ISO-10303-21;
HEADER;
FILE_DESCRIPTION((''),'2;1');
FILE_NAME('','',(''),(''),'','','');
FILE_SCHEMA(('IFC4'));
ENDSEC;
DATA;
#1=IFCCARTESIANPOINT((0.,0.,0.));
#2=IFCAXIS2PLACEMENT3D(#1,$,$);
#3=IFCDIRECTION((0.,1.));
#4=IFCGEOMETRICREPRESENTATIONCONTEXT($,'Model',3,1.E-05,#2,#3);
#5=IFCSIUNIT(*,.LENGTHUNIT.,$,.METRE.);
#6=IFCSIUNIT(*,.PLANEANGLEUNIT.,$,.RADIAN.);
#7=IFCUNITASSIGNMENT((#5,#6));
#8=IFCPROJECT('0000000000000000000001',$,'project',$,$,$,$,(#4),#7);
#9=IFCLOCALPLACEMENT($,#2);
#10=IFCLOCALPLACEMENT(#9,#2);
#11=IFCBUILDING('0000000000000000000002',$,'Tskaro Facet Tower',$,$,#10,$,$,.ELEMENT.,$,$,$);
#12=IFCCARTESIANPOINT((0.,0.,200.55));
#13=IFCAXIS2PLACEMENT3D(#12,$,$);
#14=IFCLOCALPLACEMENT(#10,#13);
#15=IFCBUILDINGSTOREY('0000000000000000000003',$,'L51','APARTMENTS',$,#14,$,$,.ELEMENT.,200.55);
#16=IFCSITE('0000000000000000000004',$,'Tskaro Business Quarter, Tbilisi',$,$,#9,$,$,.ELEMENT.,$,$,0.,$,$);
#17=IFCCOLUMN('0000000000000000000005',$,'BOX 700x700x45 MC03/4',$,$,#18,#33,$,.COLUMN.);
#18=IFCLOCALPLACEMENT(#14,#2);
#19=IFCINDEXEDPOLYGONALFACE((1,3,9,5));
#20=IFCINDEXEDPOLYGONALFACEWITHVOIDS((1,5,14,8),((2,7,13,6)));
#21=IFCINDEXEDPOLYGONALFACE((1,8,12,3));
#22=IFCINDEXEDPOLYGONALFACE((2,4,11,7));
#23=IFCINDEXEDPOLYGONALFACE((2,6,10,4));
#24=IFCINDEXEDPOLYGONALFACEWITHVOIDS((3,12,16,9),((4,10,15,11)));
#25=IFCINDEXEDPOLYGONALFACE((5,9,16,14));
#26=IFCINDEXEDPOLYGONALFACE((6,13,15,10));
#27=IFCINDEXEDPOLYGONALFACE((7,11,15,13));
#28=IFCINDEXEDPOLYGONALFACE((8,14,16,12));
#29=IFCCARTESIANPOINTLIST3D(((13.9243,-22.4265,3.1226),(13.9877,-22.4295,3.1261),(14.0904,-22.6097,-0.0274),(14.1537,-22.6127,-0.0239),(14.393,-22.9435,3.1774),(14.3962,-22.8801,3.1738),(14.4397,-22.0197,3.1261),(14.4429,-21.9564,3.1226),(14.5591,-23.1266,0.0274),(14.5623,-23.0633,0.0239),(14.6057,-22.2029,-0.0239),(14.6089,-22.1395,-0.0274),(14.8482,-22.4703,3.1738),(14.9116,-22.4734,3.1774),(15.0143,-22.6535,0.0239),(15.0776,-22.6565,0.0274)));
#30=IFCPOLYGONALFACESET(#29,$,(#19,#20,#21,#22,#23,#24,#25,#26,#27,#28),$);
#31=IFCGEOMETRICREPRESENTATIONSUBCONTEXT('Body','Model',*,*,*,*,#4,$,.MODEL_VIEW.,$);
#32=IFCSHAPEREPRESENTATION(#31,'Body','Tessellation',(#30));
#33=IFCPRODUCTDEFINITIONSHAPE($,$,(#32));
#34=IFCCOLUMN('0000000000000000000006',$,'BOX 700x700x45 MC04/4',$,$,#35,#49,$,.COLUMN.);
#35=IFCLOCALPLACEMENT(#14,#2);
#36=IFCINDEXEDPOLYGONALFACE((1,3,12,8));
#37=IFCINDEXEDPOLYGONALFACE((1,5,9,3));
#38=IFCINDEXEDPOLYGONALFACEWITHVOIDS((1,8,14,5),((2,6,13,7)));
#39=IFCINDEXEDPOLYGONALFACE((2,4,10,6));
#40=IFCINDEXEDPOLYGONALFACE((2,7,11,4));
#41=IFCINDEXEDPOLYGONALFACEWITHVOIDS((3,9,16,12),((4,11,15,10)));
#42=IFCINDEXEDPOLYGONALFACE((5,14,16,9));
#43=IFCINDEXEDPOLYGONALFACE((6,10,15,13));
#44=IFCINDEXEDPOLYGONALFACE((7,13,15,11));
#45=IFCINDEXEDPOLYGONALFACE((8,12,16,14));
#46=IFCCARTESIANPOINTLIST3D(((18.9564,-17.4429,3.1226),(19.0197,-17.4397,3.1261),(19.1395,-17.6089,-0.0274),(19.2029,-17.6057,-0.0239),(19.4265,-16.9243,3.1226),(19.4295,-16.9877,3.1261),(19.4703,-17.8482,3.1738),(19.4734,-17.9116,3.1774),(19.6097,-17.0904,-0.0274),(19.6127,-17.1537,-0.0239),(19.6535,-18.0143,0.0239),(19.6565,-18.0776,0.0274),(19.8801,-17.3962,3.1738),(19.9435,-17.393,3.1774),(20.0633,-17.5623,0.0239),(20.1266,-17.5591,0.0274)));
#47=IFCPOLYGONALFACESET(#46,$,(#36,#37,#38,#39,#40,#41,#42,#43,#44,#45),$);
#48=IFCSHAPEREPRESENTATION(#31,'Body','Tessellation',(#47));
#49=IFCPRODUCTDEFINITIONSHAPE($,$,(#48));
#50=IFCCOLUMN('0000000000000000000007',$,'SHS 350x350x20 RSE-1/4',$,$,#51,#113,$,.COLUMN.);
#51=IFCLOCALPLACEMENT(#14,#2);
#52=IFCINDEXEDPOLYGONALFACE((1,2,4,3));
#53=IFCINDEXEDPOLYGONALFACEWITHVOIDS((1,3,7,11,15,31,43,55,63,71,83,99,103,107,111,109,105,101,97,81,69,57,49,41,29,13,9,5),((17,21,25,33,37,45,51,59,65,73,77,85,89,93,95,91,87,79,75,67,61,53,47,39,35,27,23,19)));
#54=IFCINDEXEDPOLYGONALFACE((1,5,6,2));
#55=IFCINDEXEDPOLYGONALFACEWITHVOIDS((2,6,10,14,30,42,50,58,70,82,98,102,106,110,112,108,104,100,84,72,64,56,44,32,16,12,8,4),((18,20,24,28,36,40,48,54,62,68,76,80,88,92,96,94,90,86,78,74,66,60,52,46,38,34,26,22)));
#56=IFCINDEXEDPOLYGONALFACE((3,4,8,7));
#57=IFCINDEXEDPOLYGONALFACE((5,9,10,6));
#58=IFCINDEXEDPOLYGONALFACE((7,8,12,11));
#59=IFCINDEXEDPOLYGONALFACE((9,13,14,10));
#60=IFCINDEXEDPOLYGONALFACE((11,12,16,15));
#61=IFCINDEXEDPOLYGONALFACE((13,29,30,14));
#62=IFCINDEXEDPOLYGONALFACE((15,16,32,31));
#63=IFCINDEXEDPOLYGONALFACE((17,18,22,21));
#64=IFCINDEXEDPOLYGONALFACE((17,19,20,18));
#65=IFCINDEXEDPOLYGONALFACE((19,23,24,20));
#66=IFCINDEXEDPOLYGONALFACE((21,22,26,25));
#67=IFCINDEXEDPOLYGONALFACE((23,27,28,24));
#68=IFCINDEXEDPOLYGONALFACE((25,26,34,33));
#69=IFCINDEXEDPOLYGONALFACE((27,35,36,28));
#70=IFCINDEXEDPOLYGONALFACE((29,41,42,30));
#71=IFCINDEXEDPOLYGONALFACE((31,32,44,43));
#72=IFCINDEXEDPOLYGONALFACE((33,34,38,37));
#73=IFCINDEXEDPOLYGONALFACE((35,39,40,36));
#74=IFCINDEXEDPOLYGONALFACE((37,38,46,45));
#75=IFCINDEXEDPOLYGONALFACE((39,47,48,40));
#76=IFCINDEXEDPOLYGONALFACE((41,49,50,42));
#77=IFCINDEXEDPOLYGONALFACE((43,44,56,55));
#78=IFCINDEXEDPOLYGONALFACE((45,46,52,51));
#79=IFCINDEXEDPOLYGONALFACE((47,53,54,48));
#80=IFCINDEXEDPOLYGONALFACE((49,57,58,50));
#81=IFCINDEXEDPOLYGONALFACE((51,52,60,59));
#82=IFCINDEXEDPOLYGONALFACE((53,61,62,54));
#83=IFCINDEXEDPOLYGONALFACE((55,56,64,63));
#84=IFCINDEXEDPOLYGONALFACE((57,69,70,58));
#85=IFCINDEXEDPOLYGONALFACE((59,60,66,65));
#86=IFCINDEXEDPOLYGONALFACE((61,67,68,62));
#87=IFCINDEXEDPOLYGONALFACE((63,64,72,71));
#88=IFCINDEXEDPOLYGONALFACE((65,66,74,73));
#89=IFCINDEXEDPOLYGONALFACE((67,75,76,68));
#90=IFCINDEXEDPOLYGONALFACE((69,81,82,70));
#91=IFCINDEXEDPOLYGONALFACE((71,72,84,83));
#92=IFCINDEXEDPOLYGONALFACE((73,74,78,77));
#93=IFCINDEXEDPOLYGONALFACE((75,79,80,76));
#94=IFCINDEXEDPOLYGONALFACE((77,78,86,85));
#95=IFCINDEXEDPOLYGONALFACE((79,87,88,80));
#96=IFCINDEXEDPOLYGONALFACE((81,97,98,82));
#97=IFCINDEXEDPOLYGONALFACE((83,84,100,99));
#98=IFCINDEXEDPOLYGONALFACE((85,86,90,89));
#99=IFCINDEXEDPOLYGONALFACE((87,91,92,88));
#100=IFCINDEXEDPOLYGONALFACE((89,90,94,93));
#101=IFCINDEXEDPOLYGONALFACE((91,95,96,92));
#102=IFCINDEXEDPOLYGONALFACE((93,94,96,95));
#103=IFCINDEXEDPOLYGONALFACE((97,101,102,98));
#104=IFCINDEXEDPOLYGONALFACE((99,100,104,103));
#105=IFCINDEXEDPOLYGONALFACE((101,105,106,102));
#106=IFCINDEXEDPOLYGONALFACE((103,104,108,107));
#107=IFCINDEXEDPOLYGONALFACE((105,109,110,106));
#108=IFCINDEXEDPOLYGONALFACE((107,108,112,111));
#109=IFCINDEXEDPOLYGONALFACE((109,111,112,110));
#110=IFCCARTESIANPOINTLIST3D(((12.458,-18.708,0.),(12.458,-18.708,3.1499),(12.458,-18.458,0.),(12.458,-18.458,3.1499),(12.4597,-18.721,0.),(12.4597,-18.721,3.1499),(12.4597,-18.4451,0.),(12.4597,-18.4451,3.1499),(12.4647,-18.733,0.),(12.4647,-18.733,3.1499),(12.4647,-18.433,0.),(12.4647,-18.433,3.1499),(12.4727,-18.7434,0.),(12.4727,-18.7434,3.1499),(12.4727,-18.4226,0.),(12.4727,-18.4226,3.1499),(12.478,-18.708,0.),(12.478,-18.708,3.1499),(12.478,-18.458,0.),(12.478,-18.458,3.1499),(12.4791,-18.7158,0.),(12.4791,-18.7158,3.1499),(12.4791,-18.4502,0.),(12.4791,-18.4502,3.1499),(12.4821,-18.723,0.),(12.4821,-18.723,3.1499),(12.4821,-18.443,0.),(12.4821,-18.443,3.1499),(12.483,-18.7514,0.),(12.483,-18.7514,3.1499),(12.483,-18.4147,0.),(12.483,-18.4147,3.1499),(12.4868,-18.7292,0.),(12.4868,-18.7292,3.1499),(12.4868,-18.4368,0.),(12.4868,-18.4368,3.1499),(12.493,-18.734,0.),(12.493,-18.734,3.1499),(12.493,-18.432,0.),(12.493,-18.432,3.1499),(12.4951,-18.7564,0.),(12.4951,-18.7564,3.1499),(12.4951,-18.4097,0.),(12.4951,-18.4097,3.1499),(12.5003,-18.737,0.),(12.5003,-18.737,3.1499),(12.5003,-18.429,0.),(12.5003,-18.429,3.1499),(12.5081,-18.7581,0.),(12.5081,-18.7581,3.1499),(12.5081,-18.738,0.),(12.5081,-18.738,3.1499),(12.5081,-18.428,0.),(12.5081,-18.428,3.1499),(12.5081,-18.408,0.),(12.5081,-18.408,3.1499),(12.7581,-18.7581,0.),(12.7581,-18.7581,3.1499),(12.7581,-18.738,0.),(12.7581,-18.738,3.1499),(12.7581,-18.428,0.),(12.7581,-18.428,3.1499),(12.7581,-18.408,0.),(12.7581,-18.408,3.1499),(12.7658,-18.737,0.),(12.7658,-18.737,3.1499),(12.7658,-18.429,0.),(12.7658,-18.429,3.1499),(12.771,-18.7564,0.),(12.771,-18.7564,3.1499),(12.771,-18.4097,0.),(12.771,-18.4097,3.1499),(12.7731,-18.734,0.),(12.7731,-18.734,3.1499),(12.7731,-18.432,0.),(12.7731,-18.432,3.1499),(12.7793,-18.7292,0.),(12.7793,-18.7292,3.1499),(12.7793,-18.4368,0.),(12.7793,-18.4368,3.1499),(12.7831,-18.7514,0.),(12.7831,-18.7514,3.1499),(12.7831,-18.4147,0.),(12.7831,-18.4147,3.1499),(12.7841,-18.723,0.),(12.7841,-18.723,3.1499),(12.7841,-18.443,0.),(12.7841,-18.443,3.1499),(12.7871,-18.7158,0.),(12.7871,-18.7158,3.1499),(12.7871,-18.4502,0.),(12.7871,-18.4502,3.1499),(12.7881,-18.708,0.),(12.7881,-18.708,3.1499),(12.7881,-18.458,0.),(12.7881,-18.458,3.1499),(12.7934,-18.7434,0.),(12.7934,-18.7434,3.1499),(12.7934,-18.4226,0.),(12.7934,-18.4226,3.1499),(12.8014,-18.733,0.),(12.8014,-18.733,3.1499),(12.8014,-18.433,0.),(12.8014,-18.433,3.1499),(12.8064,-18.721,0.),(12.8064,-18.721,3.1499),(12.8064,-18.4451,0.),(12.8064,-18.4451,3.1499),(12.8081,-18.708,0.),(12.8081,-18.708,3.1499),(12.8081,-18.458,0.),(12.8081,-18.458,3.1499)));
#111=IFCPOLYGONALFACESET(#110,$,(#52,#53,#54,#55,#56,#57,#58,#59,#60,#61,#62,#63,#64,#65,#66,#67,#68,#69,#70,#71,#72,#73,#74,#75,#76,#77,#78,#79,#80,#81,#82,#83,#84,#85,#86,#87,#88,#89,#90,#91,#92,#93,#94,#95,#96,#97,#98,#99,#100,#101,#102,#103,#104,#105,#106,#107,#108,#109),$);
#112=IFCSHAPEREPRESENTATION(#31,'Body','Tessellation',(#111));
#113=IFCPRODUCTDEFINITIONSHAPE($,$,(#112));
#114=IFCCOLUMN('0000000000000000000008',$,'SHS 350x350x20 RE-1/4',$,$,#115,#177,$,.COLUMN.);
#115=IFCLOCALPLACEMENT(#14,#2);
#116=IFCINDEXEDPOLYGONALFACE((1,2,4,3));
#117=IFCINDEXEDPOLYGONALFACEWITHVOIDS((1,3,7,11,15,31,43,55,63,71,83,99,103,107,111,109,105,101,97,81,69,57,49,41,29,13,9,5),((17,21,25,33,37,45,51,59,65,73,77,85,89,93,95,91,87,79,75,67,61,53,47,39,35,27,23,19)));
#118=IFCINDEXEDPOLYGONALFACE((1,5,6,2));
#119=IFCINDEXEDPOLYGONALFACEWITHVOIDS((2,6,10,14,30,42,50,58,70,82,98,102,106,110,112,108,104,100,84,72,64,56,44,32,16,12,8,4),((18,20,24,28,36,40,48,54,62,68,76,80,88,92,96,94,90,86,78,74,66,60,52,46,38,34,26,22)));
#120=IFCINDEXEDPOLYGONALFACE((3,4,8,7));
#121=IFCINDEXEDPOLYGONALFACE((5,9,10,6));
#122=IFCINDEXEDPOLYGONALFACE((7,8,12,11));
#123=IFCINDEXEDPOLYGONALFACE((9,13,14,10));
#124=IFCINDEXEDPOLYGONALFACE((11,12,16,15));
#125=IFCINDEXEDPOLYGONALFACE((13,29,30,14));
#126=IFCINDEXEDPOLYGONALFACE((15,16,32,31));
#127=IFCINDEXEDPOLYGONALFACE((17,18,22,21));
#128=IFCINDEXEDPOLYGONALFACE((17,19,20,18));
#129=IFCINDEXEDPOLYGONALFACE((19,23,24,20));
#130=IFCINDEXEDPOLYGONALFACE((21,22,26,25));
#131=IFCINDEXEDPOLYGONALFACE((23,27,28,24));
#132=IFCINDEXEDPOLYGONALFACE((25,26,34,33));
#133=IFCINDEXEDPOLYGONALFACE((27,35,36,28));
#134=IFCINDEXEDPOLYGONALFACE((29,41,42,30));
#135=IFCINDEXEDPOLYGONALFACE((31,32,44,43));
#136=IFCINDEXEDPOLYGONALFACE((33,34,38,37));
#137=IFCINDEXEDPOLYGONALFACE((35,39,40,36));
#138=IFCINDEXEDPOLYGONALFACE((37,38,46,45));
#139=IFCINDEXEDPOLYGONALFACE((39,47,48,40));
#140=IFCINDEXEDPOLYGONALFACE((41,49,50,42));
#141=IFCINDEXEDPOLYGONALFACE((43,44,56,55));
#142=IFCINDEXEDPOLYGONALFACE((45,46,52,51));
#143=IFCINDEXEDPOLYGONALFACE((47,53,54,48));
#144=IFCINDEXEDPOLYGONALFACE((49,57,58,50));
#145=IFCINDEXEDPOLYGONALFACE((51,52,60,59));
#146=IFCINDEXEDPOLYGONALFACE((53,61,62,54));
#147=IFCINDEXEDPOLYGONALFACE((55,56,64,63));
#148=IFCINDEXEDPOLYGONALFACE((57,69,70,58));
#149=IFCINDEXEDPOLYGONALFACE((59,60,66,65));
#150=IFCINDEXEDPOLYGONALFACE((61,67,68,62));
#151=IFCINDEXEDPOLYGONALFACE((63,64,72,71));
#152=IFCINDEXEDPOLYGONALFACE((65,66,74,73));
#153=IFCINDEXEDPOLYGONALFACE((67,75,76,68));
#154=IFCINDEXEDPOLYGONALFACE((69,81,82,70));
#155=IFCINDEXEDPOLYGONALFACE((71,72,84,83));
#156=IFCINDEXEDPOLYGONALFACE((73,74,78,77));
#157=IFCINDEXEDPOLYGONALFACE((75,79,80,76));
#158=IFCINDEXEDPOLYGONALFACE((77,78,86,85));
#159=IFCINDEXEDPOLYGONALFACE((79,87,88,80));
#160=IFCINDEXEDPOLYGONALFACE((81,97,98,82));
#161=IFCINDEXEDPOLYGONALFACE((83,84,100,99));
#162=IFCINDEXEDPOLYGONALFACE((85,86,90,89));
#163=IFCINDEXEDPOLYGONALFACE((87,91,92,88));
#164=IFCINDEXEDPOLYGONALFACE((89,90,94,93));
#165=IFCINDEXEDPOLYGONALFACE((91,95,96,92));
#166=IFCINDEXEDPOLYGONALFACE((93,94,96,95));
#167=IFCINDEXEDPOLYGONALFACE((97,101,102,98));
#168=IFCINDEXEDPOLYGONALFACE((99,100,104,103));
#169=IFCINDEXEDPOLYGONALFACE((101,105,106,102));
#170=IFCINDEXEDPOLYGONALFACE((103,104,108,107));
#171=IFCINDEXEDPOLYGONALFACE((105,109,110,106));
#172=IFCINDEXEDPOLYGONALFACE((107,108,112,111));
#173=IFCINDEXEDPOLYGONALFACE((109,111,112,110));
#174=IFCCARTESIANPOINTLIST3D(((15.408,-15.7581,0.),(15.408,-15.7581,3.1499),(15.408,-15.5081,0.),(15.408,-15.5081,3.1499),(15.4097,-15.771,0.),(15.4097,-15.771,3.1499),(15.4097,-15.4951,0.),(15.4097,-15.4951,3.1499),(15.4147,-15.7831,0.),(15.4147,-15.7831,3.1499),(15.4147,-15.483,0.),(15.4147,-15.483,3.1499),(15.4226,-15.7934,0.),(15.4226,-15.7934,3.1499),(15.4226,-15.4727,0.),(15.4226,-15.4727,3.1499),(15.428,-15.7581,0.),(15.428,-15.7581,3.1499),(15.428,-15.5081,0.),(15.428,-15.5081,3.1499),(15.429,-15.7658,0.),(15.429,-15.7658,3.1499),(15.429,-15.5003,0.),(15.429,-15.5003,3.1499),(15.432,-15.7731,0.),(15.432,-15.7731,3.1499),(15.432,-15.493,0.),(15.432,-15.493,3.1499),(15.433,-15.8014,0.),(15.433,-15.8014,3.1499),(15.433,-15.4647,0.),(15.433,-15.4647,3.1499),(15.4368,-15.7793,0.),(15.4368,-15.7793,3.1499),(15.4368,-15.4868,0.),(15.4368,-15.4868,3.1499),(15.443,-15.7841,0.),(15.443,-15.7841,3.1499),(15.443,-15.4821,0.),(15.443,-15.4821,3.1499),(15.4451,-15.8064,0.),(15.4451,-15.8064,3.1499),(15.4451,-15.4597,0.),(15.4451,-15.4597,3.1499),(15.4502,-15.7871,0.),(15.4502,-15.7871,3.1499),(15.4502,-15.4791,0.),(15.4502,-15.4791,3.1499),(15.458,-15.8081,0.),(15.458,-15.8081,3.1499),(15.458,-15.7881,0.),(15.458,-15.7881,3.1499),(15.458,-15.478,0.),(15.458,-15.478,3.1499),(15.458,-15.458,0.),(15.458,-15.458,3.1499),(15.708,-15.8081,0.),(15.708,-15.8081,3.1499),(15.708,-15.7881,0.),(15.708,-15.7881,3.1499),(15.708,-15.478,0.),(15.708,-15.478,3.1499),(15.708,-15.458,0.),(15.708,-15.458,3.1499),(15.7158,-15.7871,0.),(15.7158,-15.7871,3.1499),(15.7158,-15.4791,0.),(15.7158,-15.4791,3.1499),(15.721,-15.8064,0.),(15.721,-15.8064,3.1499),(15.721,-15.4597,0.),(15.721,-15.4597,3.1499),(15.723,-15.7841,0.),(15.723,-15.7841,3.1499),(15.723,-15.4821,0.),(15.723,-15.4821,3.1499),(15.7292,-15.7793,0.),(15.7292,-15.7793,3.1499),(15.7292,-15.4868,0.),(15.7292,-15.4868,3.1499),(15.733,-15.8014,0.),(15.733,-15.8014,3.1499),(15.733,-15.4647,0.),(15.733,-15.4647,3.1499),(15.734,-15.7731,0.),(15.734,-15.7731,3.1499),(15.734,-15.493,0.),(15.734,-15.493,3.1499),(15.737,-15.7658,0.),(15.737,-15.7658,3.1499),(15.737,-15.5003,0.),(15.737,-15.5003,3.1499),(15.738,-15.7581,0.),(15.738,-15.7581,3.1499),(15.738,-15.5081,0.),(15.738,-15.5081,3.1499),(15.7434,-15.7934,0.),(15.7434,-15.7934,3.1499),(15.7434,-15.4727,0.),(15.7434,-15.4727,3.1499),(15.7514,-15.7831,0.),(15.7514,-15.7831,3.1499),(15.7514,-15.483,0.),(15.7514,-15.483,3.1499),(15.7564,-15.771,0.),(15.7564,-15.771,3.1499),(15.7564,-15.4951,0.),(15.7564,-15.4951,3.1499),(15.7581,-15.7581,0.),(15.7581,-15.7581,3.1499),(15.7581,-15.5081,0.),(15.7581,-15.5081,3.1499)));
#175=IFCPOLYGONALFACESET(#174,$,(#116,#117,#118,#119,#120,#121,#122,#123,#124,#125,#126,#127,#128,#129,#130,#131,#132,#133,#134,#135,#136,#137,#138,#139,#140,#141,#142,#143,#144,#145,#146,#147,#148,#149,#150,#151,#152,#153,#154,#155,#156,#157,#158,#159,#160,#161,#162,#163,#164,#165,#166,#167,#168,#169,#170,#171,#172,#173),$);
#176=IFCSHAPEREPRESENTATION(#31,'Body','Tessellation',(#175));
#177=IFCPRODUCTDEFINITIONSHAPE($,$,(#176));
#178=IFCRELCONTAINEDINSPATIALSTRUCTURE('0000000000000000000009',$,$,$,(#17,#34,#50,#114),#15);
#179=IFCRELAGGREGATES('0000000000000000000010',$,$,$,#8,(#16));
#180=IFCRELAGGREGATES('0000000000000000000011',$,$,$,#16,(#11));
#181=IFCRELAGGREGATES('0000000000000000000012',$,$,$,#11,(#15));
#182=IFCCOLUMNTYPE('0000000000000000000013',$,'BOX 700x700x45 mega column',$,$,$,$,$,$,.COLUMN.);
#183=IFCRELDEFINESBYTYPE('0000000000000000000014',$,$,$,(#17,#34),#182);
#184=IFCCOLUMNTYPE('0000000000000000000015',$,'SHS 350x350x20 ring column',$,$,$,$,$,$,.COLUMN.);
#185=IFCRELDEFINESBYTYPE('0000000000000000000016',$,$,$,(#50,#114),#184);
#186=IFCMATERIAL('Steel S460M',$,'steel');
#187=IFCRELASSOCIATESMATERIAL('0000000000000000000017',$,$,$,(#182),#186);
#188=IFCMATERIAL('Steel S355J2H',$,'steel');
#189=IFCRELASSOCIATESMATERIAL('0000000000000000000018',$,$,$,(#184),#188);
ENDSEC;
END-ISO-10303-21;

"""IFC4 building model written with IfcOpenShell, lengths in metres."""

from ifc_helpers import new_model, si_unit, direction, frame, origin, origin_2d, place, context, subcontext, project, spatial, hollow_rectangle, extrude, material, material_profile, profile_set, type_object, element, save


model = new_model("IFC4")

# Units and contexts
model_context = context("Model", 3, precision=1e-05, world=origin(), true_north=direction((0.0, 1.0)))
body_context = subcontext(model_context, "Body", "Model", "MODEL_VIEW")
ifc_project = project(units=[si_unit("LENGTHUNIT", "METRE"), si_unit("PLANEANGLEUNIT", "RADIAN")], contexts=[model_context])

# Site, building, storey
site_placement = place(None, origin())
site = spatial("IfcSite", under=ifc_project, at=site_placement, Name="Tskaro Business Quarter, Tbilisi", CompositionType="ELEMENT", RefElevation=0.0)
building_placement = place(site_placement, origin())
building = spatial("IfcBuilding", under=site, at=building_placement, Name="Tskaro Facet Tower", CompositionType="ELEMENT")
storey_placement = place(building_placement, frame((0.0, 0.0, 200.55)))
storey = spatial("IfcBuildingStorey", under=building, at=storey_placement, Name="L51", Description="APARTMENTS", CompositionType="ELEMENT", Elevation=200.55)

# Columns
ifc_material_1 = material(Name="Steel S460M", Category="steel")
ifc_material_profile_1 = material_profile(ifc_material_1, hollow_rectangle(XDim=0.7, YDim=0.7, WallThickness=0.0449, at=origin_2d()), Name="BOX 700x700x45")
ifc_profile_set_1 = profile_set([ifc_material_profile_1], Name="Steel S460M")
column_type_1 = type_object("IfcColumnType", Name="BOX 700x700x45 mega column", PredefinedType="COLUMN", material=ifc_profile_set_1)
for number, where, z_axis, x_axis, name in (
    (1, (14.584, -22.6331, 0.0), (-0.052544, 0.057952, 0.996936), (-0.740833, -0.671689, 0.0), "BOX 700x700x45 MC03/4"),
    (2, (19.6331, -17.584, 0.0), (-0.057952, 0.052544, 0.996936), (-0.671689, -0.740833, 0.0), "BOX 700x700x45 MC04/4"),
):
    element("IfcColumn", number, at=place(storey_placement, frame(where, z_axis=z_axis, x_axis=x_axis)), inside=storey, type_object=column_type_1, Name=name, PredefinedType="COLUMN", context=body_context, shape_type="SweptSolid", body=[
        extrude(hollow_rectangle(XDim=0.7, YDim=0.7, WallThickness=0.0449, at=origin_2d()), origin(), (0.0, 0.0, 1.0), 3.1597),
    ])
ifc_material_2 = material(Name="Steel S355J2H", Category="steel")
ifc_material_profile_2 = material_profile(ifc_material_2, hollow_rectangle(XDim=0.3501, YDim=0.3501, WallThickness=0.02, InnerFilletRadius=0.03, OuterFilletRadius=0.05, at=origin_2d()), Name="SHS 350x350x20")
ifc_profile_set_2 = profile_set([ifc_material_profile_2], Name="Steel S355J2H")
column_type_2 = type_object("IfcColumnType", Name="SHS 350x350x20 ring column", PredefinedType="COLUMN", material=ifc_profile_set_2)
for number, where, z_axis, x_axis, name in (
    (3, (12.6331, -18.583, 0.0), (0.0, 0.0, 1.0), (1.0, 0.0, 0.0), "SHS 350x350x20 RSE-1/4"),
    (4, (15.583, -15.6331, 0.0), (0.0, 0.0, 1.0), (1.0, 0.0, 0.0), "SHS 350x350x20 RE-1/4"),
):
    element("IfcColumn", number, at=place(storey_placement, frame(where, z_axis=z_axis, x_axis=x_axis)), inside=storey, type_object=column_type_2, Name=name, PredefinedType="COLUMN", context=body_context, shape_type="SweptSolid", body=[
        extrude(hollow_rectangle(XDim=0.3501, YDim=0.3501, WallThickness=0.02, InnerFilletRadius=0.03, OuterFilletRadius=0.05, at=origin_2d()), origin(), (0.0, 0.0, 1.0), 3.1499),
    ])

save(model, "model.ifc")
